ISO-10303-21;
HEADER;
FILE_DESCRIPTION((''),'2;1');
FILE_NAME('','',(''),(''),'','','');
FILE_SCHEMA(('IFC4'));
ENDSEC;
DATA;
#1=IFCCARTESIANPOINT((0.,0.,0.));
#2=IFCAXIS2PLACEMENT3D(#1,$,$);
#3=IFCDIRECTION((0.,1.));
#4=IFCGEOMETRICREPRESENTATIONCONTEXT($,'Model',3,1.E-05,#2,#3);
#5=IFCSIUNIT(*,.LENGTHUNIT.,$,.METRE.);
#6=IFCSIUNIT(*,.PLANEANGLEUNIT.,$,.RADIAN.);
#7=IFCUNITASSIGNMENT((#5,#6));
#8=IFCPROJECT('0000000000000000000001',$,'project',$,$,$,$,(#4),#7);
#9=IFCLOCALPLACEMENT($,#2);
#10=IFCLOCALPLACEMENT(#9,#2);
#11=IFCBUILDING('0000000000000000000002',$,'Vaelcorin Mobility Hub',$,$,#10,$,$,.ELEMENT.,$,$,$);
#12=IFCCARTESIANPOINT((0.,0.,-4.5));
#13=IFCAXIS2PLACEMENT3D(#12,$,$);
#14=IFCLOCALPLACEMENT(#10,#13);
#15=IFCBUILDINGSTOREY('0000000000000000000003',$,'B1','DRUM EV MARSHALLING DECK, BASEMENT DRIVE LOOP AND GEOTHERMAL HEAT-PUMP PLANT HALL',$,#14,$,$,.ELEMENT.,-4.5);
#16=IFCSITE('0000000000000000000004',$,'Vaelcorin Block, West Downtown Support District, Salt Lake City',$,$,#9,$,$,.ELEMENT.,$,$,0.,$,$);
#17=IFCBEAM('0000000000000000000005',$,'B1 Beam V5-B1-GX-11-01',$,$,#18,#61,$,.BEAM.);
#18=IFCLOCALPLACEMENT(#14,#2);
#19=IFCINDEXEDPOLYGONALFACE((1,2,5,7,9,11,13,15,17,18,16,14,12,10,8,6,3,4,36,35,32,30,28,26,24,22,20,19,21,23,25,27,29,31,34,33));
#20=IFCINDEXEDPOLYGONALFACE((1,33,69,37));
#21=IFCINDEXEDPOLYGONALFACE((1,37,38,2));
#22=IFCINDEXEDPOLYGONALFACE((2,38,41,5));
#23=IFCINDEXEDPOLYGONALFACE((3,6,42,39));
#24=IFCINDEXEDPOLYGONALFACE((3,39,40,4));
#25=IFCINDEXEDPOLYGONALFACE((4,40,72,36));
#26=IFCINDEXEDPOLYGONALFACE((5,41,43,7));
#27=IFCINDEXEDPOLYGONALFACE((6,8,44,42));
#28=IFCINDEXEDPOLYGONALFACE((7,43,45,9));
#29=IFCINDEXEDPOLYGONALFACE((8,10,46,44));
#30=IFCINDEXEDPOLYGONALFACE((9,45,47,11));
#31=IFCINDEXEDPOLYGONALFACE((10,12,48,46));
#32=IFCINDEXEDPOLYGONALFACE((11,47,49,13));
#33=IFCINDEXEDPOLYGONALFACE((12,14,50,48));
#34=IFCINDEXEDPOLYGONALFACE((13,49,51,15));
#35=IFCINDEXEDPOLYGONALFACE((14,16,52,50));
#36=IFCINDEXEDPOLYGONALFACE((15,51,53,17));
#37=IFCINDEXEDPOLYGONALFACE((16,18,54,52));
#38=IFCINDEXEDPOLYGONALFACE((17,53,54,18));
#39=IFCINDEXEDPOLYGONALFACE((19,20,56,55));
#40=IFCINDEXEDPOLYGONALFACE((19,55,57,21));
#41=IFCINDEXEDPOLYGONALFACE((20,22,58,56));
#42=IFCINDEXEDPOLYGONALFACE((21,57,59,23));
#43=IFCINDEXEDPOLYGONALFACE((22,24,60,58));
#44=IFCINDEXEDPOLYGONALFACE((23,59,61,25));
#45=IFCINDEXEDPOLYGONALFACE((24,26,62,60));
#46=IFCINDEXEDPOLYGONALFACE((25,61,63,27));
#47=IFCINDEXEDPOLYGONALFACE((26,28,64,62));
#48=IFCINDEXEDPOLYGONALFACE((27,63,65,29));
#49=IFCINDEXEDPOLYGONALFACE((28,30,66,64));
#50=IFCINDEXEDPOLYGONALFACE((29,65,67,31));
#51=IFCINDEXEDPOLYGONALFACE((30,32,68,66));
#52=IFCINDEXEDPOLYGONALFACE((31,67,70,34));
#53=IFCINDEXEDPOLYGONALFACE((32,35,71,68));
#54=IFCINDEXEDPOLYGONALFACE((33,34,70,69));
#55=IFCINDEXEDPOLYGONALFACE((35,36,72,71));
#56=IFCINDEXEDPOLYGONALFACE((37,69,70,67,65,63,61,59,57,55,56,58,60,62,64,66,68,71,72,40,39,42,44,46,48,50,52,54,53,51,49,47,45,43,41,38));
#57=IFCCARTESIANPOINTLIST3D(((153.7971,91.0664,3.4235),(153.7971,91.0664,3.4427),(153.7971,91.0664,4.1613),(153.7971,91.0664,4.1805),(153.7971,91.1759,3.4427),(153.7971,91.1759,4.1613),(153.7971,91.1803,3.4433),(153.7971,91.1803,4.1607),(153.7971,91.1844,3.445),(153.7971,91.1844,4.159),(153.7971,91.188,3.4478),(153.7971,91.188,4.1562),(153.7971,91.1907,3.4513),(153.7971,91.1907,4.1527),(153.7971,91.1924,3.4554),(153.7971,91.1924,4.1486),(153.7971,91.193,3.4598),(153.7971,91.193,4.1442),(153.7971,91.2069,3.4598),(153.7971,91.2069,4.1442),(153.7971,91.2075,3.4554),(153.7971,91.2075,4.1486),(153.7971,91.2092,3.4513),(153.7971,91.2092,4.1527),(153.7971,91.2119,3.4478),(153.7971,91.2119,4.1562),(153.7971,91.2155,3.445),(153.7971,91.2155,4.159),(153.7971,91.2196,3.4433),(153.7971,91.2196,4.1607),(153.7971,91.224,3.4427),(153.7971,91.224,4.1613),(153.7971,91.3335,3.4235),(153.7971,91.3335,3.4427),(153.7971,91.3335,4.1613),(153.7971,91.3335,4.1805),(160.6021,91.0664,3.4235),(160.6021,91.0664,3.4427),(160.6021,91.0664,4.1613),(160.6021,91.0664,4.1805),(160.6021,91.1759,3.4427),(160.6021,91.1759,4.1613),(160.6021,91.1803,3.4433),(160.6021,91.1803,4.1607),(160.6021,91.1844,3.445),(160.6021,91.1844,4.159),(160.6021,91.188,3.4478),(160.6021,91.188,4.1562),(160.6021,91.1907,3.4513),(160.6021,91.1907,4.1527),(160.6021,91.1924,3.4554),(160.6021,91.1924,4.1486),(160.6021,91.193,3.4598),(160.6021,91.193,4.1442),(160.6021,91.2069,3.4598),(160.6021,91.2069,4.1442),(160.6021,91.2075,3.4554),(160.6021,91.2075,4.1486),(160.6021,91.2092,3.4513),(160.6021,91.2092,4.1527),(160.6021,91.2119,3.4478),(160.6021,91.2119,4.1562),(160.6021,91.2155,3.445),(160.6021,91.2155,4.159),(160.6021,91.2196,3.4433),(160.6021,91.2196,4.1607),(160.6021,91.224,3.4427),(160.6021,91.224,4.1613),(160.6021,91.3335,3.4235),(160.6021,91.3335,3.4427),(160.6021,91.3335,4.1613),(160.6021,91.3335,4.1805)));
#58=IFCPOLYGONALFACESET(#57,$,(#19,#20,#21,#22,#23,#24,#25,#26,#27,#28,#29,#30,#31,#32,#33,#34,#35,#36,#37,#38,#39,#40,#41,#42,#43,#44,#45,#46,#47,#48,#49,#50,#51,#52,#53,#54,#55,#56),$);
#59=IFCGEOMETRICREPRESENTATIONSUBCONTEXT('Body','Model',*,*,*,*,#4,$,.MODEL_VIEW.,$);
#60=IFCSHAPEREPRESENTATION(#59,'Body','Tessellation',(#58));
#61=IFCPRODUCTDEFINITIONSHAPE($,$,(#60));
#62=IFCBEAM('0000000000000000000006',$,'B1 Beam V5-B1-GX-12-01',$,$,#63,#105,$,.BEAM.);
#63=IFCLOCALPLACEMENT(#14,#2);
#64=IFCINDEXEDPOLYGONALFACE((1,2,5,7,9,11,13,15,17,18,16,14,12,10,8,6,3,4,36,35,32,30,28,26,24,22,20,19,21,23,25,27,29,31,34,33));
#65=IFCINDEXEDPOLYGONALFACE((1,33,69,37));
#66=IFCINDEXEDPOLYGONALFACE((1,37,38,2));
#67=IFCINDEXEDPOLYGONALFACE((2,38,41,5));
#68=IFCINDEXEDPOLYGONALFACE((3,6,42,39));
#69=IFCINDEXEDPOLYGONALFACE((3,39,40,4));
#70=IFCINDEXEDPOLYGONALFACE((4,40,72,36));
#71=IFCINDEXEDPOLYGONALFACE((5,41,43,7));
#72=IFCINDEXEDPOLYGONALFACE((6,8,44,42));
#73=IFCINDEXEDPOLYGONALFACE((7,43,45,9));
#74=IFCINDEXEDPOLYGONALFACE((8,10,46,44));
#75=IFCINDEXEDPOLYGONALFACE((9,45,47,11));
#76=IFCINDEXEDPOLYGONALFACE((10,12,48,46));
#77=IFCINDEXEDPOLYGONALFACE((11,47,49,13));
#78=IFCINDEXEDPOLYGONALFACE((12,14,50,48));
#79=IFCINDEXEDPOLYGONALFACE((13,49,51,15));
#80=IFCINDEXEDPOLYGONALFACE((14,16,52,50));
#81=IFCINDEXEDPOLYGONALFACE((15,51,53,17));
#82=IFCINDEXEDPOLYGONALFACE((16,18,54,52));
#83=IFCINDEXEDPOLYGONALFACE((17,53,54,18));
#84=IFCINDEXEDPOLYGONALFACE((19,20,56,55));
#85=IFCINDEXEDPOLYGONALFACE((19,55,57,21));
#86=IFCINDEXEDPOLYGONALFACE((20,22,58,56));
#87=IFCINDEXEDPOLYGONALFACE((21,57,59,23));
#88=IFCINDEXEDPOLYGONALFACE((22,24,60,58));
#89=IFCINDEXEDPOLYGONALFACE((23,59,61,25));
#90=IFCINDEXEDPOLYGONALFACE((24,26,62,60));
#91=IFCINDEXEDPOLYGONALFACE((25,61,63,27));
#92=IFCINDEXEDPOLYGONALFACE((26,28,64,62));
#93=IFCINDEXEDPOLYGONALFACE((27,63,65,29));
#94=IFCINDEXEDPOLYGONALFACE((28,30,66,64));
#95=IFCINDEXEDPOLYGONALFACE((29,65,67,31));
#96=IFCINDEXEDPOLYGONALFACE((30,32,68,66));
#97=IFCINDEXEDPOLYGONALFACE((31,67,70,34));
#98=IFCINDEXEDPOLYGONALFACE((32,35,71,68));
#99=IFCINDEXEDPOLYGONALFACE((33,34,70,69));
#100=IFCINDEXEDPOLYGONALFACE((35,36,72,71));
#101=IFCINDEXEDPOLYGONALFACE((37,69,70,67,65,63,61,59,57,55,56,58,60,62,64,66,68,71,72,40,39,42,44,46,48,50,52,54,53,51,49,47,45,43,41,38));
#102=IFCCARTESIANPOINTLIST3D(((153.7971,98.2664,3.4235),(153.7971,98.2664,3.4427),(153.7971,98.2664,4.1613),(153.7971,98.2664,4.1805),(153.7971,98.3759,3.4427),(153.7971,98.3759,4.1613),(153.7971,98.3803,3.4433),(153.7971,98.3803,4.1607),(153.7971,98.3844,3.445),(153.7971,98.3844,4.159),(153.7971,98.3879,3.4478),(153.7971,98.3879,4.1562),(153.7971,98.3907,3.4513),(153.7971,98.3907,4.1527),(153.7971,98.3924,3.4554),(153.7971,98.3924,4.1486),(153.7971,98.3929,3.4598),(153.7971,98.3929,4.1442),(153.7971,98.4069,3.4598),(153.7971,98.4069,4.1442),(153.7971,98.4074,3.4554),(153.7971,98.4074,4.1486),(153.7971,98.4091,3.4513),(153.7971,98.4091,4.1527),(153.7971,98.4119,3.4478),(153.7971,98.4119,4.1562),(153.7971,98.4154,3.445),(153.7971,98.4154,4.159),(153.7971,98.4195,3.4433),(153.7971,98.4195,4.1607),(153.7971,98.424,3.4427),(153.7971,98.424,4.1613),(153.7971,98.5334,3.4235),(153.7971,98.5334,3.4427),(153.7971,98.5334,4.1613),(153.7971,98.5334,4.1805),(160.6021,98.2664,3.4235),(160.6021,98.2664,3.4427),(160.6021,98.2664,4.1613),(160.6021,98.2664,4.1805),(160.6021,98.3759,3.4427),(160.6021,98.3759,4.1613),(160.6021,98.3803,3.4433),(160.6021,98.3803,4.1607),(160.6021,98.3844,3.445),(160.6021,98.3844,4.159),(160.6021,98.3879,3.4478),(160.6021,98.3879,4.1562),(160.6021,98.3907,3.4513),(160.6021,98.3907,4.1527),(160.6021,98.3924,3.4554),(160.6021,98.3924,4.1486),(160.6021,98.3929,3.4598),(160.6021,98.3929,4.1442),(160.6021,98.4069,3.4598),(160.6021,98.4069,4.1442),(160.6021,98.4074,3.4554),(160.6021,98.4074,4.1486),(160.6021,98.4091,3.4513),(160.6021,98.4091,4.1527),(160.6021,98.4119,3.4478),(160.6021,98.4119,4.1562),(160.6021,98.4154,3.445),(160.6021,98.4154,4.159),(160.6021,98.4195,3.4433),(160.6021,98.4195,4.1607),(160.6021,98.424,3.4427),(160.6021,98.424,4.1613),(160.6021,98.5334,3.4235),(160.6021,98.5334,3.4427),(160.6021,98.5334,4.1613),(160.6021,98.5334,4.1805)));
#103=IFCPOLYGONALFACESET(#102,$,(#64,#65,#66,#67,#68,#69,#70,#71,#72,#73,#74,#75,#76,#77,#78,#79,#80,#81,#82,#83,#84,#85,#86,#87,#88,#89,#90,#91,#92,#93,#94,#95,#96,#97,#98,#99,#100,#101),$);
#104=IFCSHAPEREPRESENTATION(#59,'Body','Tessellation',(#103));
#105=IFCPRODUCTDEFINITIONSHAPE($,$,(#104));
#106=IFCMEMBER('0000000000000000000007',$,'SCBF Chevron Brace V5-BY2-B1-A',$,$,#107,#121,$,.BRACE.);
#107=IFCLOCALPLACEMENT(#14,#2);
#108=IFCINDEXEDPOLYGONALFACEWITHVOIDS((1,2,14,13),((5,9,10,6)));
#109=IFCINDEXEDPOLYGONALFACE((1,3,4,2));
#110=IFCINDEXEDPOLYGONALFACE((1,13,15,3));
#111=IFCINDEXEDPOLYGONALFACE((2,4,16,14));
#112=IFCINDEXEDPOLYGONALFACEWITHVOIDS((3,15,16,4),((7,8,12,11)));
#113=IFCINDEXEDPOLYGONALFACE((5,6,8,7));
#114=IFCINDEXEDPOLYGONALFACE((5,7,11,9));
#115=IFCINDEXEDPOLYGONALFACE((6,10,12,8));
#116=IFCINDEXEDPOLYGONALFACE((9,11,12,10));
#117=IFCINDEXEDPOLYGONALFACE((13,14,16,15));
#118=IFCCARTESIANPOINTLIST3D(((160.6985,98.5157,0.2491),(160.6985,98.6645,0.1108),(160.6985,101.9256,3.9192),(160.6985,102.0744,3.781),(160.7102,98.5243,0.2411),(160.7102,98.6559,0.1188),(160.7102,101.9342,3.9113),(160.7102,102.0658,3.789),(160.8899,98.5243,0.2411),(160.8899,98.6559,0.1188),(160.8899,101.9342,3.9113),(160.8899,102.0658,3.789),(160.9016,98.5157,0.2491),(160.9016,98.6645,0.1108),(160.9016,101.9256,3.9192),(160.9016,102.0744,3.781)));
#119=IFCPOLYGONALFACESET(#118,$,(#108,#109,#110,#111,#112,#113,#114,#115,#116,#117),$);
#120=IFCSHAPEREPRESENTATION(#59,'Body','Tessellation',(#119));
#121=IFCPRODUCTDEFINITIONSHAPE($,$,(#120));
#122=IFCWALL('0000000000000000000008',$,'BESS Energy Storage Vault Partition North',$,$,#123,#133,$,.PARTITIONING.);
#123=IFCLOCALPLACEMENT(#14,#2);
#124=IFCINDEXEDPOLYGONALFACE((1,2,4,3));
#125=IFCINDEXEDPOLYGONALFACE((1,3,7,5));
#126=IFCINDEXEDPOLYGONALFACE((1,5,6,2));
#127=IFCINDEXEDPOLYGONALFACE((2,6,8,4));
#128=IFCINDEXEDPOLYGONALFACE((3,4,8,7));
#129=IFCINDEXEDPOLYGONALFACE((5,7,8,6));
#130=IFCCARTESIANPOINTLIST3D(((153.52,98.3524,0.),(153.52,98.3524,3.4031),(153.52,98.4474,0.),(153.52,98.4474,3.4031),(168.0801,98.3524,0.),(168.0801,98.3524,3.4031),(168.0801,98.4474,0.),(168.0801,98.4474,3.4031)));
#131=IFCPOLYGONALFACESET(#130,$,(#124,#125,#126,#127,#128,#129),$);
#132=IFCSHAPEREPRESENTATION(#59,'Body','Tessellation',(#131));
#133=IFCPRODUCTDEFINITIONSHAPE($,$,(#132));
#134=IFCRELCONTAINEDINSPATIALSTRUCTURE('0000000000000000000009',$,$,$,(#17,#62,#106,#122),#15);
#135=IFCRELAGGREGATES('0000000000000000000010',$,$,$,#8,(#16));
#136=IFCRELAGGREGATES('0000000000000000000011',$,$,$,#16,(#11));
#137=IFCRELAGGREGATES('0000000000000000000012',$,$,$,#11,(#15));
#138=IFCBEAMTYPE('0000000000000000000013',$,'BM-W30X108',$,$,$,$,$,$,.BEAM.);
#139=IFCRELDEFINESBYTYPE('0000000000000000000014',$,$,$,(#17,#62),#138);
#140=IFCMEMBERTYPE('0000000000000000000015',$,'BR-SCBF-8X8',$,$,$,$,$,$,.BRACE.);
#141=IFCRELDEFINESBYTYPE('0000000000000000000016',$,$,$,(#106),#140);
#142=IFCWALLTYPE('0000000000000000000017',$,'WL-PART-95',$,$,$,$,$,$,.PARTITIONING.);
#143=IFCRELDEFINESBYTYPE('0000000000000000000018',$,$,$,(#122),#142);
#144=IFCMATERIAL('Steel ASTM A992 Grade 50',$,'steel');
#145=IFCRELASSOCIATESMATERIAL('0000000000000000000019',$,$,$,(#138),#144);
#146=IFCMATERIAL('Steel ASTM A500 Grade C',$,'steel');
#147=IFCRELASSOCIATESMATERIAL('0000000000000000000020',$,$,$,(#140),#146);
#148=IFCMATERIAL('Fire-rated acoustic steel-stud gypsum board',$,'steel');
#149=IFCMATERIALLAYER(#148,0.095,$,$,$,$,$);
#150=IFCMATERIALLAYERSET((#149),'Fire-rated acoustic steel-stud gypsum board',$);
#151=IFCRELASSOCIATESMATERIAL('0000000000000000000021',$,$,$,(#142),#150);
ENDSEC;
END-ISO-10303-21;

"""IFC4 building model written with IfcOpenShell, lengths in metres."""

from ifc_helpers import new_model, si_unit, direction, frame, frame_2d, origin, origin_2d, place, context, subcontext, project, spatial, rectangle, hollow_rectangle, i_section, extrude, material, layer, layer_set, material_profile, profile_set, type_object, element, save


model = new_model("IFC4")

# Units and contexts
model_context = context("Model", 3, precision=1e-05, world=origin(), true_north=direction((0.0, 1.0)))
body_context = subcontext(model_context, "Body", "Model", "MODEL_VIEW")
ifc_project = project(units=[si_unit("LENGTHUNIT", "METRE"), si_unit("PLANEANGLEUNIT", "RADIAN")], contexts=[model_context])

# Site, building, storey
site_placement = place(None, origin())
site = spatial("IfcSite", under=ifc_project, at=site_placement, Name="Vaelcorin Block, West Downtown Support District, Salt Lake City", CompositionType="ELEMENT", RefElevation=0.0)
building_placement = place(site_placement, origin())
building = spatial("IfcBuilding", under=site, at=building_placement, Name="Vaelcorin Mobility Hub", CompositionType="ELEMENT")
storey_placement = place(building_placement, frame((0.0, 0.0, -4.5)))
storey = spatial("IfcBuildingStorey", under=building, at=storey_placement, Name="B1", Description="DRUM EV MARSHALLING DECK, BASEMENT DRIVE LOOP AND GEOTHERMAL HEAT-PUMP PLANT HALL", CompositionType="ELEMENT", Elevation=-4.5)

# Shared definitions
ifc_material_1 = material(Name="Steel ASTM A992 Grade 50", Category="steel")

# Beams
ifc_material_profile_1 = material_profile(ifc_material_1, i_section(OverallWidth=0.2671, OverallDepth=0.7571, WebThickness=0.0139, FlangeThickness=0.0193, FilletRadius=0.0171, at=origin_2d()), Name="W30X108")
ifc_profile_set_1 = profile_set([ifc_material_profile_1], Name="Steel ASTM A992 Grade 50")
beam_type_1 = type_object("IfcBeamType", Name="BM-W30X108", PredefinedType="BEAM", material=ifc_profile_set_1)
for number, where, z_axis, x_axis, name in (
    (1, (153.7971, 91.2, 3.802), (1.0, 0.0, 0.0), (0.0, 1.0, 0.0), "B1 Beam V5-B1-GX-11-01"),
    (2, (153.7971, 98.3999, 3.802), (1.0, 0.0, 0.0), (0.0, 1.0, 0.0), "B1 Beam V5-B1-GX-12-01"),
):
    element("IfcBeam", number, at=place(storey_placement, frame(where, z_axis=z_axis, x_axis=x_axis)), inside=storey, type_object=beam_type_1, Name=name, PredefinedType="BEAM", context=body_context, shape_type="SweptSolid", body=[
        extrude(i_section(OverallWidth=0.2671, OverallDepth=0.7571, WebThickness=0.0139, FlangeThickness=0.0193, FilletRadius=0.0171, at=origin_2d()), origin(), (0.0, 0.0, 1.0), 6.8049),
    ])

# Member
ifc_material_2 = material(Name="Steel ASTM A500 Grade C", Category="steel")
ifc_material_profile_2 = material_profile(ifc_material_2, hollow_rectangle(XDim=0.2031, YDim=0.2031, WallThickness=0.0117, at=origin_2d()), Name="HSS8X8X0.500")
ifc_profile_set_2 = profile_set([ifc_material_profile_2], Name="Steel ASTM A500 Grade C")
member_type = type_object("IfcMemberType", Name="BR-SCBF-8X8", PredefinedType="BRACE", material=ifc_profile_set_2)
member_placement = place(storey_placement, frame((160.8, 98.5901, 0.1799), z_axis=(0.0, 0.680655, 0.732604), x_axis=(-1.0, 0.0, 0.0)))
element("IfcMember", 3, at=member_placement, inside=storey, type_object=member_type, Name="SCBF Chevron Brace V5-BY2-B1-A", PredefinedType="BRACE", context=body_context, shape_type="SweptSolid", body=[
    extrude(hollow_rectangle(XDim=0.2031, YDim=0.2031, WallThickness=0.0117, at=origin_2d()), origin(), (0.0, 0.0, 1.0), 5.0098),
])

# Wall
ifc_material_3 = material(Name="Fire-rated acoustic steel-stud gypsum board", Category="steel")
ifc_layer = layer(ifc_material_3, 0.095)
ifc_layer_set = layer_set([ifc_layer], Name="Fire-rated acoustic steel-stud gypsum board")
wall_type = type_object("IfcWallType", Name="WL-PART-95", PredefinedType="PARTITIONING", material=ifc_layer_set)
wall_placement = place(storey_placement, frame((153.52, 98.3999, 0.0), z_axis=(0.0, 0.0, 1.0), x_axis=(1.0, 0.0, 0.0)))
element("IfcWall", 4, at=wall_placement, inside=storey, type_object=wall_type, Name="BESS Energy Storage Vault Partition North", PredefinedType="PARTITIONING", context=body_context, shape_type="SweptSolid", body=[
    extrude(rectangle(XDim=14.5601, YDim=0.095, at=frame_2d((7.28, 0.0))), origin(), (0.0, 0.0, 1.0), 3.4031),
])

save(model, "model.ifc")
